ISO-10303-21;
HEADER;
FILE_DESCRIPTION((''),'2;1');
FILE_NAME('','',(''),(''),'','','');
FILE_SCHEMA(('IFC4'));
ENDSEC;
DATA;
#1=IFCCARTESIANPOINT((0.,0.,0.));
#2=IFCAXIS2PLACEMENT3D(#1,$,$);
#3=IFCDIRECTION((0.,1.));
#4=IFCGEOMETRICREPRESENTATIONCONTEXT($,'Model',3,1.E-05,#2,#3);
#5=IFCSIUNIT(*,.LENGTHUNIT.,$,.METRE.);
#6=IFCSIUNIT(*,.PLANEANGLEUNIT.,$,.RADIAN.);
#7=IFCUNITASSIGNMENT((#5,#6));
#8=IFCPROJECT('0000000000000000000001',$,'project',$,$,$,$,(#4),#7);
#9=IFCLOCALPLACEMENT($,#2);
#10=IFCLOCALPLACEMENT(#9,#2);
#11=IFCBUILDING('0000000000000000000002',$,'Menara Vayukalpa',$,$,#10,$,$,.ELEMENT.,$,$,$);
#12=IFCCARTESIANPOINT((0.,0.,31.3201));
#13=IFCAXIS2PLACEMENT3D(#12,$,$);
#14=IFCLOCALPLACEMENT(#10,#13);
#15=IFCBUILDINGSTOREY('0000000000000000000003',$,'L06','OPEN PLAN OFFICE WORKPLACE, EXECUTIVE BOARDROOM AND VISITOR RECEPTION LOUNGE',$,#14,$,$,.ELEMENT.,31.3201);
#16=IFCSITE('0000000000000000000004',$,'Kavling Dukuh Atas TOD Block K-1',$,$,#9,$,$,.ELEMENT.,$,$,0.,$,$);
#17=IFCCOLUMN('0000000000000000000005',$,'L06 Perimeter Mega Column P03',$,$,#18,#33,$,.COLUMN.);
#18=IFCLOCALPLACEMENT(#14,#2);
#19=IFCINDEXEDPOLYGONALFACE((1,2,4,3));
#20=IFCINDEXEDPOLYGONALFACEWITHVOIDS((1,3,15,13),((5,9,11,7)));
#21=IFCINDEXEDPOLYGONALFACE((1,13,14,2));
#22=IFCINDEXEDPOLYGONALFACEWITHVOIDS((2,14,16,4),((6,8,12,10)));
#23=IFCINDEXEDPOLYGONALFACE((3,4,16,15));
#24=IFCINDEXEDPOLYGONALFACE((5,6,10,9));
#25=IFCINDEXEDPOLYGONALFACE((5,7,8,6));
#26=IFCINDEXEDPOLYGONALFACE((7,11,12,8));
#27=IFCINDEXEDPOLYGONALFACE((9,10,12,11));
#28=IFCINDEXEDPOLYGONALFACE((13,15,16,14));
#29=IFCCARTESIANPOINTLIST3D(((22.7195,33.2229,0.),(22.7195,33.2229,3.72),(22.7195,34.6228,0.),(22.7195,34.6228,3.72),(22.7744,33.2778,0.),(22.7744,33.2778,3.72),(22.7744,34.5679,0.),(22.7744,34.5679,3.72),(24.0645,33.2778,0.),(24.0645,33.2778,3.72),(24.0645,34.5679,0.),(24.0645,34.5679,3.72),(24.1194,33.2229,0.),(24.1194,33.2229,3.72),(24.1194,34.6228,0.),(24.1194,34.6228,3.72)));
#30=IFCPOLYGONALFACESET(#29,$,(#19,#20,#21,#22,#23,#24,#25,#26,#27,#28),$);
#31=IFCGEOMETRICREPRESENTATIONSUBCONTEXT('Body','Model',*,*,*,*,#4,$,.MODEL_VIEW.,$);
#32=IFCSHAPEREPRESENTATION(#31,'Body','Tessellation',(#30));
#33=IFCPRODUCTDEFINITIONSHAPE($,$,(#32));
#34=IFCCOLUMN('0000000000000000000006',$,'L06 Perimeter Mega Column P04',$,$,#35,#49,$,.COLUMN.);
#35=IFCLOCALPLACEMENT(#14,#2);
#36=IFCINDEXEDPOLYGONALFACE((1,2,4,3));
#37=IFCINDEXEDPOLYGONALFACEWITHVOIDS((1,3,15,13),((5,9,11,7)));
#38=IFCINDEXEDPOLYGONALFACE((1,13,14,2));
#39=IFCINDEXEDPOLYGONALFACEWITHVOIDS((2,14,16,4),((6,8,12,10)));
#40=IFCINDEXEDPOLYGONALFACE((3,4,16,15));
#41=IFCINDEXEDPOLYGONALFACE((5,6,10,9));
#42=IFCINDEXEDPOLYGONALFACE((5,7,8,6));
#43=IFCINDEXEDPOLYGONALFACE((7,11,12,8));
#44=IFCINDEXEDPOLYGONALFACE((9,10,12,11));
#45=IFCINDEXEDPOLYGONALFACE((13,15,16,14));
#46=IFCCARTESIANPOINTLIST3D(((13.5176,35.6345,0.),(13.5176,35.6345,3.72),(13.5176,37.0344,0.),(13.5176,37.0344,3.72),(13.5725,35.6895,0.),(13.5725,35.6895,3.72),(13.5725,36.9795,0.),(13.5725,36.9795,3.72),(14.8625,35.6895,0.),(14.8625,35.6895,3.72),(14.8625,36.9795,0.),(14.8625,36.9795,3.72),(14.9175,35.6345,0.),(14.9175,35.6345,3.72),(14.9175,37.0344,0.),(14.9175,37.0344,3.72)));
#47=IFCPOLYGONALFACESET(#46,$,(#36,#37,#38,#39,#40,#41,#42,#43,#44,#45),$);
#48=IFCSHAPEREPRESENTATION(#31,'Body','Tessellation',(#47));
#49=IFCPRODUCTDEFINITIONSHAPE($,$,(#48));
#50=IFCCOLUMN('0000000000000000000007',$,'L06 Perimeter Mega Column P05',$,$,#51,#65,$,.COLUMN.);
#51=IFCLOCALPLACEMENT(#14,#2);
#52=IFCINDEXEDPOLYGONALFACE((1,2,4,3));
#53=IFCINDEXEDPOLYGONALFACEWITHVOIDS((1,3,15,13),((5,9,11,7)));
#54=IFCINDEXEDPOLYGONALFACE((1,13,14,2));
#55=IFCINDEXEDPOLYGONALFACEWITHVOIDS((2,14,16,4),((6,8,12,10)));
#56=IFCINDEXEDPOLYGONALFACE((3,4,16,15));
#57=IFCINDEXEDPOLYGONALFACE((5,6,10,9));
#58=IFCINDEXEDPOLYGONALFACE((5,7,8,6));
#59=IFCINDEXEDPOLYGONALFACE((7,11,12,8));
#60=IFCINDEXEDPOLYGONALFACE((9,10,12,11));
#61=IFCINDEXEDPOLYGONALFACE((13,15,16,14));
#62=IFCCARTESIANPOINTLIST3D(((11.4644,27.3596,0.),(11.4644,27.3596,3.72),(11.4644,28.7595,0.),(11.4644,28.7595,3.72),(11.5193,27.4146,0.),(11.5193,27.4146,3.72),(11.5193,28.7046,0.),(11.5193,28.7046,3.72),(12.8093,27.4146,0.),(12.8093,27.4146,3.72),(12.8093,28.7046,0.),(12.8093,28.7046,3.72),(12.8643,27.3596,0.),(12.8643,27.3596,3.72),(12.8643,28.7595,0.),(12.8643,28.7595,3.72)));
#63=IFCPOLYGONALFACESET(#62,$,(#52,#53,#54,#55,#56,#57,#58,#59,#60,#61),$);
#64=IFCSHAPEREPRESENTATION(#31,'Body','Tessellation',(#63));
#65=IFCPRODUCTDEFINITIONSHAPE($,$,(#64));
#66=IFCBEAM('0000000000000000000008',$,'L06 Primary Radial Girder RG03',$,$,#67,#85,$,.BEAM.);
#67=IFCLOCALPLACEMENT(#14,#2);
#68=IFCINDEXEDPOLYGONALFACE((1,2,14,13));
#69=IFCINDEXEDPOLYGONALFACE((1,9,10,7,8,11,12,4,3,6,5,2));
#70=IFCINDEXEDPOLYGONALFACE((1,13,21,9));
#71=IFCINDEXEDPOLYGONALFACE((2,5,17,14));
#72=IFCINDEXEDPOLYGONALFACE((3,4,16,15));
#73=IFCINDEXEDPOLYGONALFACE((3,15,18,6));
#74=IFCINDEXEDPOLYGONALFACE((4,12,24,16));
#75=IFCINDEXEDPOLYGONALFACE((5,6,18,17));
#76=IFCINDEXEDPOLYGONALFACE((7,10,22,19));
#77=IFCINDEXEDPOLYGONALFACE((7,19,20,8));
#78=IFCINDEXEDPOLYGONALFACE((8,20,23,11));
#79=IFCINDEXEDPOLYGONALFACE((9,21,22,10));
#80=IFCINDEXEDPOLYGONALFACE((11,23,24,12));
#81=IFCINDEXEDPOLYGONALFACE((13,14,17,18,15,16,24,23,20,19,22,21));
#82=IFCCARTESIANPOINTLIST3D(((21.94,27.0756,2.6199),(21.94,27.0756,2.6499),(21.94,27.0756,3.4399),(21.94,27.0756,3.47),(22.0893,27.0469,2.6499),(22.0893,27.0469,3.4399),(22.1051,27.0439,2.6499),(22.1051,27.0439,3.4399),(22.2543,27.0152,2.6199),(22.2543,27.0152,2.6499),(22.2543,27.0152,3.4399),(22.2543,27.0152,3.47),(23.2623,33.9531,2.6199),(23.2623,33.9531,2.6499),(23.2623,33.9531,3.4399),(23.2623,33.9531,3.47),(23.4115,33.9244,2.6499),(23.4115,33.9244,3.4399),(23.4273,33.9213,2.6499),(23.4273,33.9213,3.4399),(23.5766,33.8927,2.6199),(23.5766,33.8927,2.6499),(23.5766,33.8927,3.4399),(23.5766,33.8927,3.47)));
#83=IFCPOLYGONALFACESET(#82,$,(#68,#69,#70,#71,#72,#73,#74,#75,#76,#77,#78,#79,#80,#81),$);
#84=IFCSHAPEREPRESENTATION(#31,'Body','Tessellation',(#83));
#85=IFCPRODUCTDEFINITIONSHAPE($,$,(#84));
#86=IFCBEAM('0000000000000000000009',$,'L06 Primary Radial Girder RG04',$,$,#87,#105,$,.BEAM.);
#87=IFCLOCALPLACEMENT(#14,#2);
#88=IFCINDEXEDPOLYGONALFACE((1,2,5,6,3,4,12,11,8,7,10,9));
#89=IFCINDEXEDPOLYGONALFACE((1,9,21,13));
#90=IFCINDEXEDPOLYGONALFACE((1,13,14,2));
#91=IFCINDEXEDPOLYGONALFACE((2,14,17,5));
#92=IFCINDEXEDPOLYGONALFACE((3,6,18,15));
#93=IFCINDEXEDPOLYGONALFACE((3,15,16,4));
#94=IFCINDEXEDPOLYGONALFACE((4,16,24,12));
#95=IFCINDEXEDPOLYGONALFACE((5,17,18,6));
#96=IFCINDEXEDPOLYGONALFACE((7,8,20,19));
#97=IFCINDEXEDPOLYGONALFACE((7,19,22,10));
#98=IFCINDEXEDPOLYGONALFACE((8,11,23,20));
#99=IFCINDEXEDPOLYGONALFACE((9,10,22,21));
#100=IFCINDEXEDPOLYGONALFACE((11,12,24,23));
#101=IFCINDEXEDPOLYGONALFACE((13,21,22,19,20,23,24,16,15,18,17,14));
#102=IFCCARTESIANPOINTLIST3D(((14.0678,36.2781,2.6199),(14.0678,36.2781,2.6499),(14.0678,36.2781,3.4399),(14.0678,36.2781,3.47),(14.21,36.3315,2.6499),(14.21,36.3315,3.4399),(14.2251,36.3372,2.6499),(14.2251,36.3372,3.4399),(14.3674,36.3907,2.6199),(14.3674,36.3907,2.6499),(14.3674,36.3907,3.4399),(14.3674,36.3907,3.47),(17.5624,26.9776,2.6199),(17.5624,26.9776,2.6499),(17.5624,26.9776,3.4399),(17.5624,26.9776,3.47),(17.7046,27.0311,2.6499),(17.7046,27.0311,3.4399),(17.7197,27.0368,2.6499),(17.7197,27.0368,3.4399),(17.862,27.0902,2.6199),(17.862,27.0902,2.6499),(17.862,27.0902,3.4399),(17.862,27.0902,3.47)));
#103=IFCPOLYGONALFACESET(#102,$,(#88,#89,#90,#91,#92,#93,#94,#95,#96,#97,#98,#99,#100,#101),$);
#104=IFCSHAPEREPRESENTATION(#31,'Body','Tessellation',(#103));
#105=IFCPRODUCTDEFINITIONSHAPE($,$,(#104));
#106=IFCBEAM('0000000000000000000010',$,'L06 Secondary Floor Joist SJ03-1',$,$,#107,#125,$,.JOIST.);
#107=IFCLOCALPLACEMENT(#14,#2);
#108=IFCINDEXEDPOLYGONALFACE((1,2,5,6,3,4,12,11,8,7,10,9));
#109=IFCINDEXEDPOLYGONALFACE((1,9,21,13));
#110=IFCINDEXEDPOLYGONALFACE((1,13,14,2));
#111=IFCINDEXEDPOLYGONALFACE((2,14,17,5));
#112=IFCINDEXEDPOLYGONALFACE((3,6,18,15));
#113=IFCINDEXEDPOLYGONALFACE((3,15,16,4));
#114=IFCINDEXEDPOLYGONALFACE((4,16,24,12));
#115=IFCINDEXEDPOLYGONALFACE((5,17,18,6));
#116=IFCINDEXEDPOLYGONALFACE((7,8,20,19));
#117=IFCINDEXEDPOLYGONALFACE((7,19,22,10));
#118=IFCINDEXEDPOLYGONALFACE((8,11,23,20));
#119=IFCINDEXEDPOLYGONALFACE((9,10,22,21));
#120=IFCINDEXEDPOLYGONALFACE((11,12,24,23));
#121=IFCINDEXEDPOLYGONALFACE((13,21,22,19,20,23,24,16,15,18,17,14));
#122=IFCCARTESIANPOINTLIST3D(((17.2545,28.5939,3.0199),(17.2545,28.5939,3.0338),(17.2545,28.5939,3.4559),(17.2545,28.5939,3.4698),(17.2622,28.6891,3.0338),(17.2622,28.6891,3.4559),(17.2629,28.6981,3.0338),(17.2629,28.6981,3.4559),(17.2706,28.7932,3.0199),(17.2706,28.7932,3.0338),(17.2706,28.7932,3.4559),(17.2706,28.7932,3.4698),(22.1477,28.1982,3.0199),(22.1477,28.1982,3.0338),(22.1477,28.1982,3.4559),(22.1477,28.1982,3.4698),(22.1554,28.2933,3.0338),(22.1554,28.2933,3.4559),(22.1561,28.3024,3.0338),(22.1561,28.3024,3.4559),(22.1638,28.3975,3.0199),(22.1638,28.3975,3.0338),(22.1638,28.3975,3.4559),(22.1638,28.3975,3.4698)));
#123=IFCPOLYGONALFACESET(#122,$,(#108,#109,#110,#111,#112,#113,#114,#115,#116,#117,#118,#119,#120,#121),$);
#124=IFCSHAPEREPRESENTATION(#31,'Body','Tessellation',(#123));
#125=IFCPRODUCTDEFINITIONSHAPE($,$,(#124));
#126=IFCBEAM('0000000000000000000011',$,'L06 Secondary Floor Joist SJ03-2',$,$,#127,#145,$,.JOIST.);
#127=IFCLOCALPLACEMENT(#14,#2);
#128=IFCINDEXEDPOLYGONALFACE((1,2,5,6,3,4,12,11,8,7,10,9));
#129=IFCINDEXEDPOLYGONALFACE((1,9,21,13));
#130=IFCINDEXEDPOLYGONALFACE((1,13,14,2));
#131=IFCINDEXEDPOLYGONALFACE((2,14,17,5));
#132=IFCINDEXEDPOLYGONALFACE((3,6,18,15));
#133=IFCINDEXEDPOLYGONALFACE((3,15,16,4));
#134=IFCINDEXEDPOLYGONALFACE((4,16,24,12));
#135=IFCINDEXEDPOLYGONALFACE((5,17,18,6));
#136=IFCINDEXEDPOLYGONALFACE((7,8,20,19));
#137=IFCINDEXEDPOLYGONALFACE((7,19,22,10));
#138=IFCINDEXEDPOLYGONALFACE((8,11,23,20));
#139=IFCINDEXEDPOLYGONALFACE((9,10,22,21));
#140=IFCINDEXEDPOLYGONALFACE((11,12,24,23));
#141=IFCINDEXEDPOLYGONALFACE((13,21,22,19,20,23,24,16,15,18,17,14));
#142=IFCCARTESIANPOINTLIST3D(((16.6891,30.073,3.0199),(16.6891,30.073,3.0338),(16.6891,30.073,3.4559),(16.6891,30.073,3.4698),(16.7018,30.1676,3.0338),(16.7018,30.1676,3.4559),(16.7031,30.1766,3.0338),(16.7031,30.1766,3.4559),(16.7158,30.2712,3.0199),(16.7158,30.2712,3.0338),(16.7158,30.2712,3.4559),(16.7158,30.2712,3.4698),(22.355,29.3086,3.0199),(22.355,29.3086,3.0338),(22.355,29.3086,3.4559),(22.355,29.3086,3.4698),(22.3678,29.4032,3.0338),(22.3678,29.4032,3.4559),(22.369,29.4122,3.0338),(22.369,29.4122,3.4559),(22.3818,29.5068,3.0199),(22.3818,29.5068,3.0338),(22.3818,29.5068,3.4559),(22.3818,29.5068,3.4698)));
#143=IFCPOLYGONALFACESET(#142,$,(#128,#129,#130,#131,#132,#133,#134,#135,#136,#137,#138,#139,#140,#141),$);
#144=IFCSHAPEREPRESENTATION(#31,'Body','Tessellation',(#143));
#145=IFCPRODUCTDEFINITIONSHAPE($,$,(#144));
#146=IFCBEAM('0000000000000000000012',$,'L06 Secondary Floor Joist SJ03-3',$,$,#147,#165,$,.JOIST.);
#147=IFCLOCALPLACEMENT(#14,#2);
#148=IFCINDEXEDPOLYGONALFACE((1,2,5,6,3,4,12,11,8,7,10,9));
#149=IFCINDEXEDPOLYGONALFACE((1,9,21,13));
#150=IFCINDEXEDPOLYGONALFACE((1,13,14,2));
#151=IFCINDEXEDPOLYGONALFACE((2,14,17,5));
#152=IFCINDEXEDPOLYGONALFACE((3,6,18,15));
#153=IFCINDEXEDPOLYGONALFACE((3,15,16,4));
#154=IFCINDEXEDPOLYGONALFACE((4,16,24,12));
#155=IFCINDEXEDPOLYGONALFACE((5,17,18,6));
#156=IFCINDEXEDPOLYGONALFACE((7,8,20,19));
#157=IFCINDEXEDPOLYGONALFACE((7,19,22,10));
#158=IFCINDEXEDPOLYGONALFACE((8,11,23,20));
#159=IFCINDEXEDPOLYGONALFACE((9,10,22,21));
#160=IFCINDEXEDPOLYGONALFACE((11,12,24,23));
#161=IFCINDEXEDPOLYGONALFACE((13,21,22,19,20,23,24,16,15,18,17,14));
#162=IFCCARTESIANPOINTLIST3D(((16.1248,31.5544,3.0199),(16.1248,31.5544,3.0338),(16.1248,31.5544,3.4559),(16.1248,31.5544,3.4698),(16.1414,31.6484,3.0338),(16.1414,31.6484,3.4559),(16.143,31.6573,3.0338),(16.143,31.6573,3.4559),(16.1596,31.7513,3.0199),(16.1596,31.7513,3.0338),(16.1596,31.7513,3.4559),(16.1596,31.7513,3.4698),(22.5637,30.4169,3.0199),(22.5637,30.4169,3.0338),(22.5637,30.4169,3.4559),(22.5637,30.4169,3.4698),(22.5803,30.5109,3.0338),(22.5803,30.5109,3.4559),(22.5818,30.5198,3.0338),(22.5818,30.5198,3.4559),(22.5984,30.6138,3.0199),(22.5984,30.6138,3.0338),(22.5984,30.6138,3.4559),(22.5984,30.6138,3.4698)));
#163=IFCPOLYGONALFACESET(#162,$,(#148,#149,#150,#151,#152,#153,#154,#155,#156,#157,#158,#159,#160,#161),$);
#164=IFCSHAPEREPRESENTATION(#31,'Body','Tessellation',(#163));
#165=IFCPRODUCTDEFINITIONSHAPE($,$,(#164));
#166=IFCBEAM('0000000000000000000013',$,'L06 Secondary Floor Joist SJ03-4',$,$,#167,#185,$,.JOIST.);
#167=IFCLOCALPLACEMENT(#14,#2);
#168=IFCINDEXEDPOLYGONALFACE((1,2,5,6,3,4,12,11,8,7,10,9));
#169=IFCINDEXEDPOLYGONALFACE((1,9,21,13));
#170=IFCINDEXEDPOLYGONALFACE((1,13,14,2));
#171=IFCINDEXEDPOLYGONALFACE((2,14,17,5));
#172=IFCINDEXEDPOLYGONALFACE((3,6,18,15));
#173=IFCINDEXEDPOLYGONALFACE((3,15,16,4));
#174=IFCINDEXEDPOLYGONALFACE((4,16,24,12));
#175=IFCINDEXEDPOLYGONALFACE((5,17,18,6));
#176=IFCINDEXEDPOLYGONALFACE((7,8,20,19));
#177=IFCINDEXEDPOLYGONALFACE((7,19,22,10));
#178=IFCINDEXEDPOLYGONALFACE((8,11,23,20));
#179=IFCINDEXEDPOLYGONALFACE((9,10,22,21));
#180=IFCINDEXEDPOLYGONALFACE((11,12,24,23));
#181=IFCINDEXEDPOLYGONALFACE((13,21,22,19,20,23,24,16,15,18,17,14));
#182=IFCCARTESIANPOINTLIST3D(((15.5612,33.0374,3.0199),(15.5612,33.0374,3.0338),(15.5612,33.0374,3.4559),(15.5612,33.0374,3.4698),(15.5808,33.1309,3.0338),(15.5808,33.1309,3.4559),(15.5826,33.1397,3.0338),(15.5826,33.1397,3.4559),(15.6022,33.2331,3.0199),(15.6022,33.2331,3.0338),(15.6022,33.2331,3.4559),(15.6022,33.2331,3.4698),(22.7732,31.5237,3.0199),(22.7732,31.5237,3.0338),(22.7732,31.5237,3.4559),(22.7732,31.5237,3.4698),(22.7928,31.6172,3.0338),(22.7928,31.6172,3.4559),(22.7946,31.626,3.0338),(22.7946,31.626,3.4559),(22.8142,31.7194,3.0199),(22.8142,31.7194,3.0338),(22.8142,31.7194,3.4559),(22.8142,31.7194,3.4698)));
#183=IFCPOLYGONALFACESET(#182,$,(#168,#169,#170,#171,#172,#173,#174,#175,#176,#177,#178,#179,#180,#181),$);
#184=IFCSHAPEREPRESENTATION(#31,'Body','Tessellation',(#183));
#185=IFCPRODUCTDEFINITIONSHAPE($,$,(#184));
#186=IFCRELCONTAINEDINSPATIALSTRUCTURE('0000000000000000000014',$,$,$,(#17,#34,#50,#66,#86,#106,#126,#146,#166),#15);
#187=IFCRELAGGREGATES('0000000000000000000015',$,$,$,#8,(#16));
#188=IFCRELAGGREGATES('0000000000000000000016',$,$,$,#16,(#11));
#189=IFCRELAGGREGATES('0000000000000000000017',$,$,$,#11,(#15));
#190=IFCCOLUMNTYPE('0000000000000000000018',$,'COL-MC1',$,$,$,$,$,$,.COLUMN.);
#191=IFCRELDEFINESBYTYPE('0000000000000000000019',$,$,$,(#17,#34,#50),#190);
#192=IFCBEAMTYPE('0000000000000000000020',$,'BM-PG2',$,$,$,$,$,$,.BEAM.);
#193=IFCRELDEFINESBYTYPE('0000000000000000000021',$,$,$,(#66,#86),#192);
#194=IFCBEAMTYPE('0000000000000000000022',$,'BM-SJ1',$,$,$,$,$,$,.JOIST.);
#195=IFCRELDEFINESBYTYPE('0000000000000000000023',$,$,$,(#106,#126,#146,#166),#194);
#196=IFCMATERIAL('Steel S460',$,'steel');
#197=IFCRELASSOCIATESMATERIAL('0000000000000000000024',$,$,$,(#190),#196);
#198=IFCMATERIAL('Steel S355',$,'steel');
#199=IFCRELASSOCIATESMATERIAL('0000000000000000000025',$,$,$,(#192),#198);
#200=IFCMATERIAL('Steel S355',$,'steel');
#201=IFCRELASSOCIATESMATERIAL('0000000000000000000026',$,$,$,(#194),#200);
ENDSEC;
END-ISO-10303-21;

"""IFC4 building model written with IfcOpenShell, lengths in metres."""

from ifc_helpers import new_model, si_unit, direction, frame, origin, origin_2d, place, context, subcontext, project, spatial, hollow_rectangle, i_section, extrude, material, material_profile, profile_set, type_object, element, save


model = new_model("IFC4")

# Units and contexts
model_context = context("Model", 3, precision=1e-05, world=origin(), true_north=direction((0.0, 1.0)))
body_context = subcontext(model_context, "Body", "Model", "MODEL_VIEW")
ifc_project = project(units=[si_unit("LENGTHUNIT", "METRE"), si_unit("PLANEANGLEUNIT", "RADIAN")], contexts=[model_context])

# Site, building, storey
site_placement = place(None, origin())
site = spatial("IfcSite", under=ifc_project, at=site_placement, Name="Kavling Dukuh Atas TOD Block K-1", CompositionType="ELEMENT", RefElevation=0.0)
building_placement = place(site_placement, origin())
building = spatial("IfcBuilding", under=site, at=building_placement, Name="Menara Vayukalpa", CompositionType="ELEMENT")
storey_placement = place(building_placement, frame((0.0, 0.0, 31.3201)))
storey = spatial("IfcBuildingStorey", under=building, at=storey_placement, Name="L06", Description="OPEN PLAN OFFICE WORKPLACE, EXECUTIVE BOARDROOM AND VISITOR RECEPTION LOUNGE", CompositionType="ELEMENT", Elevation=31.3201)

# Columns
ifc_material_1 = material(Name="Steel S460", Category="steel")
ifc_material_profile_1 = material_profile(ifc_material_1, hollow_rectangle(XDim=1.3999, YDim=1.3999, WallThickness=0.0549, at=origin_2d()), Name="BOX 1400x1400x55")
ifc_profile_set_1 = profile_set([ifc_material_profile_1], Name="Steel S460")
column_type = type_object("IfcColumnType", Name="COL-MC1", PredefinedType="COLUMN", material=ifc_profile_set_1)
for number, where, z_axis, x_axis, name in (
    (1, (23.4194, 33.9229, 0.0), (0.0, 0.0, 1.0), (1.0, 0.0, 0.0), "L06 Perimeter Mega Column P03"),
    (2, (14.2175, 36.3345, 0.0), (0.0, 0.0, 1.0), (1.0, 0.0, 0.0), "L06 Perimeter Mega Column P04"),
    (3, (12.1643, 28.0596, 0.0), (0.0, 0.0, 1.0), (1.0, 0.0, 0.0), "L06 Perimeter Mega Column P05"),
):
    element("IfcColumn", number, at=place(storey_placement, frame(where, z_axis=z_axis, x_axis=x_axis)), inside=storey, type_object=column_type, Name=name, PredefinedType="COLUMN", context=body_context, shape_type="SweptSolid", body=[
        extrude(hollow_rectangle(XDim=1.3999, YDim=1.3999, WallThickness=0.0549, at=origin_2d()), origin(), (0.0, 0.0, 1.0), 3.72),
    ])

# Beams
ifc_material_2 = material(Name="Steel S355", Category="steel")
ifc_material_profile_2 = material_profile(ifc_material_2, i_section(OverallWidth=0.3201, OverallDepth=0.8501, WebThickness=0.0161, FlangeThickness=0.03, at=origin_2d()), Name="WF 850x320x16x30")
ifc_profile_set_2 = profile_set([ifc_material_profile_2], Name="Steel S355")
beam_type_1 = type_object("IfcBeamType", Name="BM-PG2", PredefinedType="BEAM", material=ifc_profile_set_2)
beam_1_placement = place(storey_placement, frame((22.0972, 27.0454, 3.0449), z_axis=(0.188803, 0.982015, 0.0), x_axis=(-0.982015, 0.188803, 0.0)))
element("IfcBeam", 4, at=beam_1_placement, inside=storey, type_object=beam_type_1, Name="L06 Primary Radial Girder RG03", PredefinedType="BEAM", context=body_context, shape_type="SweptSolid", body=[
    extrude(i_section(OverallWidth=0.3201, OverallDepth=0.8501, WebThickness=0.0161, FlangeThickness=0.03, at=origin_2d()), origin(), (0.0, 0.0, 1.0), 7.0034),
])
beam_2_placement = place(storey_placement, frame((17.7122, 27.0339, 3.0449), z_axis=(-0.351735, 0.9361, 0.0), x_axis=(-0.9361, -0.351735, 0.0)))
element("IfcBeam", 5, at=beam_2_placement, inside=storey, type_object=beam_type_1, Name="L06 Primary Radial Girder RG04", PredefinedType="BEAM", context=body_context, shape_type="SweptSolid", body=[
    extrude(i_section(OverallWidth=0.3201, OverallDepth=0.8501, WebThickness=0.0161, FlangeThickness=0.03, at=origin_2d()), origin(), (0.0, 0.0, 1.0), 9.9353),
])
ifc_material_3 = material(Name="Steel S355", Category="steel")
ifc_material_profile_3 = material_profile(ifc_material_3, i_section(OverallWidth=0.2, OverallDepth=0.45, WebThickness=0.009, FlangeThickness=0.0139, at=origin_2d()), Name="WF 450x200x9x14")
ifc_profile_set_3 = profile_set([ifc_material_profile_3], Name="Steel S355")
beam_type_2 = type_object("IfcBeamType", Name="BM-SJ1", PredefinedType="JOIST", material=ifc_profile_set_3)
beam_3_placement = place(storey_placement, frame((22.1558, 28.2979, 3.2449), z_axis=(-0.996745, 0.080613, 0.0), x_axis=(-0.080613, -0.996745, 0.0)))
element("IfcBeam", 6, at=beam_3_placement, inside=storey, type_object=beam_type_2, Name="L06 Secondary Floor Joist SJ03-1", PredefinedType="JOIST", context=body_context, shape_type="SweptSolid", body=[
    extrude(i_section(OverallWidth=0.2, OverallDepth=0.45, WebThickness=0.009, FlangeThickness=0.0139, at=origin_2d()), origin(), (0.0, 0.0, 1.0), 4.9092),
])
beam_4_placement = place(storey_placement, frame((22.3684, 29.4077, 3.2449), z_axis=(-0.991022, 0.133699, 0.0), x_axis=(-0.133699, -0.991022, 0.0)))
element("IfcBeam", 7, at=beam_4_placement, inside=storey, type_object=beam_type_2, Name="L06 Secondary Floor Joist SJ03-2", PredefinedType="JOIST", context=body_context, shape_type="SweptSolid", body=[
    extrude(i_section(OverallWidth=0.2, OverallDepth=0.45, WebThickness=0.009, FlangeThickness=0.0139, at=origin_2d()), origin(), (0.0, 0.0, 1.0), 5.7173),
])
beam_5_placement = place(storey_placement, frame((22.5811, 30.5154, 3.2449), z_axis=(-0.984753, 0.173958, 0.0), x_axis=(-0.173958, -0.984753, 0.0)))
element("IfcBeam", 8, at=beam_5_placement, inside=storey, type_object=beam_type_2, Name="L06 Secondary Floor Joist SJ03-3", PredefinedType="JOIST", context=body_context, shape_type="SweptSolid", body=[
    extrude(i_section(OverallWidth=0.2, OverallDepth=0.45, WebThickness=0.009, FlangeThickness=0.0139, at=origin_2d()), origin(), (0.0, 0.0, 1.0), 6.5386),
])
beam_6_placement = place(storey_placement, frame((22.7937, 31.6216, 3.2449), z_axis=(-0.978676, 0.205409, 0.0), x_axis=(-0.205409, -0.978676, 0.0)))
element("IfcBeam", 9, at=beam_6_placement, inside=storey, type_object=beam_type_2, Name="L06 Secondary Floor Joist SJ03-4", PredefinedType="JOIST", context=body_context, shape_type="SweptSolid", body=[
    extrude(i_section(OverallWidth=0.2, OverallDepth=0.45, WebThickness=0.009, FlangeThickness=0.0139, at=origin_2d()), origin(), (0.0, 0.0, 1.0), 7.3691),
])

save(model, "model.ifc")
